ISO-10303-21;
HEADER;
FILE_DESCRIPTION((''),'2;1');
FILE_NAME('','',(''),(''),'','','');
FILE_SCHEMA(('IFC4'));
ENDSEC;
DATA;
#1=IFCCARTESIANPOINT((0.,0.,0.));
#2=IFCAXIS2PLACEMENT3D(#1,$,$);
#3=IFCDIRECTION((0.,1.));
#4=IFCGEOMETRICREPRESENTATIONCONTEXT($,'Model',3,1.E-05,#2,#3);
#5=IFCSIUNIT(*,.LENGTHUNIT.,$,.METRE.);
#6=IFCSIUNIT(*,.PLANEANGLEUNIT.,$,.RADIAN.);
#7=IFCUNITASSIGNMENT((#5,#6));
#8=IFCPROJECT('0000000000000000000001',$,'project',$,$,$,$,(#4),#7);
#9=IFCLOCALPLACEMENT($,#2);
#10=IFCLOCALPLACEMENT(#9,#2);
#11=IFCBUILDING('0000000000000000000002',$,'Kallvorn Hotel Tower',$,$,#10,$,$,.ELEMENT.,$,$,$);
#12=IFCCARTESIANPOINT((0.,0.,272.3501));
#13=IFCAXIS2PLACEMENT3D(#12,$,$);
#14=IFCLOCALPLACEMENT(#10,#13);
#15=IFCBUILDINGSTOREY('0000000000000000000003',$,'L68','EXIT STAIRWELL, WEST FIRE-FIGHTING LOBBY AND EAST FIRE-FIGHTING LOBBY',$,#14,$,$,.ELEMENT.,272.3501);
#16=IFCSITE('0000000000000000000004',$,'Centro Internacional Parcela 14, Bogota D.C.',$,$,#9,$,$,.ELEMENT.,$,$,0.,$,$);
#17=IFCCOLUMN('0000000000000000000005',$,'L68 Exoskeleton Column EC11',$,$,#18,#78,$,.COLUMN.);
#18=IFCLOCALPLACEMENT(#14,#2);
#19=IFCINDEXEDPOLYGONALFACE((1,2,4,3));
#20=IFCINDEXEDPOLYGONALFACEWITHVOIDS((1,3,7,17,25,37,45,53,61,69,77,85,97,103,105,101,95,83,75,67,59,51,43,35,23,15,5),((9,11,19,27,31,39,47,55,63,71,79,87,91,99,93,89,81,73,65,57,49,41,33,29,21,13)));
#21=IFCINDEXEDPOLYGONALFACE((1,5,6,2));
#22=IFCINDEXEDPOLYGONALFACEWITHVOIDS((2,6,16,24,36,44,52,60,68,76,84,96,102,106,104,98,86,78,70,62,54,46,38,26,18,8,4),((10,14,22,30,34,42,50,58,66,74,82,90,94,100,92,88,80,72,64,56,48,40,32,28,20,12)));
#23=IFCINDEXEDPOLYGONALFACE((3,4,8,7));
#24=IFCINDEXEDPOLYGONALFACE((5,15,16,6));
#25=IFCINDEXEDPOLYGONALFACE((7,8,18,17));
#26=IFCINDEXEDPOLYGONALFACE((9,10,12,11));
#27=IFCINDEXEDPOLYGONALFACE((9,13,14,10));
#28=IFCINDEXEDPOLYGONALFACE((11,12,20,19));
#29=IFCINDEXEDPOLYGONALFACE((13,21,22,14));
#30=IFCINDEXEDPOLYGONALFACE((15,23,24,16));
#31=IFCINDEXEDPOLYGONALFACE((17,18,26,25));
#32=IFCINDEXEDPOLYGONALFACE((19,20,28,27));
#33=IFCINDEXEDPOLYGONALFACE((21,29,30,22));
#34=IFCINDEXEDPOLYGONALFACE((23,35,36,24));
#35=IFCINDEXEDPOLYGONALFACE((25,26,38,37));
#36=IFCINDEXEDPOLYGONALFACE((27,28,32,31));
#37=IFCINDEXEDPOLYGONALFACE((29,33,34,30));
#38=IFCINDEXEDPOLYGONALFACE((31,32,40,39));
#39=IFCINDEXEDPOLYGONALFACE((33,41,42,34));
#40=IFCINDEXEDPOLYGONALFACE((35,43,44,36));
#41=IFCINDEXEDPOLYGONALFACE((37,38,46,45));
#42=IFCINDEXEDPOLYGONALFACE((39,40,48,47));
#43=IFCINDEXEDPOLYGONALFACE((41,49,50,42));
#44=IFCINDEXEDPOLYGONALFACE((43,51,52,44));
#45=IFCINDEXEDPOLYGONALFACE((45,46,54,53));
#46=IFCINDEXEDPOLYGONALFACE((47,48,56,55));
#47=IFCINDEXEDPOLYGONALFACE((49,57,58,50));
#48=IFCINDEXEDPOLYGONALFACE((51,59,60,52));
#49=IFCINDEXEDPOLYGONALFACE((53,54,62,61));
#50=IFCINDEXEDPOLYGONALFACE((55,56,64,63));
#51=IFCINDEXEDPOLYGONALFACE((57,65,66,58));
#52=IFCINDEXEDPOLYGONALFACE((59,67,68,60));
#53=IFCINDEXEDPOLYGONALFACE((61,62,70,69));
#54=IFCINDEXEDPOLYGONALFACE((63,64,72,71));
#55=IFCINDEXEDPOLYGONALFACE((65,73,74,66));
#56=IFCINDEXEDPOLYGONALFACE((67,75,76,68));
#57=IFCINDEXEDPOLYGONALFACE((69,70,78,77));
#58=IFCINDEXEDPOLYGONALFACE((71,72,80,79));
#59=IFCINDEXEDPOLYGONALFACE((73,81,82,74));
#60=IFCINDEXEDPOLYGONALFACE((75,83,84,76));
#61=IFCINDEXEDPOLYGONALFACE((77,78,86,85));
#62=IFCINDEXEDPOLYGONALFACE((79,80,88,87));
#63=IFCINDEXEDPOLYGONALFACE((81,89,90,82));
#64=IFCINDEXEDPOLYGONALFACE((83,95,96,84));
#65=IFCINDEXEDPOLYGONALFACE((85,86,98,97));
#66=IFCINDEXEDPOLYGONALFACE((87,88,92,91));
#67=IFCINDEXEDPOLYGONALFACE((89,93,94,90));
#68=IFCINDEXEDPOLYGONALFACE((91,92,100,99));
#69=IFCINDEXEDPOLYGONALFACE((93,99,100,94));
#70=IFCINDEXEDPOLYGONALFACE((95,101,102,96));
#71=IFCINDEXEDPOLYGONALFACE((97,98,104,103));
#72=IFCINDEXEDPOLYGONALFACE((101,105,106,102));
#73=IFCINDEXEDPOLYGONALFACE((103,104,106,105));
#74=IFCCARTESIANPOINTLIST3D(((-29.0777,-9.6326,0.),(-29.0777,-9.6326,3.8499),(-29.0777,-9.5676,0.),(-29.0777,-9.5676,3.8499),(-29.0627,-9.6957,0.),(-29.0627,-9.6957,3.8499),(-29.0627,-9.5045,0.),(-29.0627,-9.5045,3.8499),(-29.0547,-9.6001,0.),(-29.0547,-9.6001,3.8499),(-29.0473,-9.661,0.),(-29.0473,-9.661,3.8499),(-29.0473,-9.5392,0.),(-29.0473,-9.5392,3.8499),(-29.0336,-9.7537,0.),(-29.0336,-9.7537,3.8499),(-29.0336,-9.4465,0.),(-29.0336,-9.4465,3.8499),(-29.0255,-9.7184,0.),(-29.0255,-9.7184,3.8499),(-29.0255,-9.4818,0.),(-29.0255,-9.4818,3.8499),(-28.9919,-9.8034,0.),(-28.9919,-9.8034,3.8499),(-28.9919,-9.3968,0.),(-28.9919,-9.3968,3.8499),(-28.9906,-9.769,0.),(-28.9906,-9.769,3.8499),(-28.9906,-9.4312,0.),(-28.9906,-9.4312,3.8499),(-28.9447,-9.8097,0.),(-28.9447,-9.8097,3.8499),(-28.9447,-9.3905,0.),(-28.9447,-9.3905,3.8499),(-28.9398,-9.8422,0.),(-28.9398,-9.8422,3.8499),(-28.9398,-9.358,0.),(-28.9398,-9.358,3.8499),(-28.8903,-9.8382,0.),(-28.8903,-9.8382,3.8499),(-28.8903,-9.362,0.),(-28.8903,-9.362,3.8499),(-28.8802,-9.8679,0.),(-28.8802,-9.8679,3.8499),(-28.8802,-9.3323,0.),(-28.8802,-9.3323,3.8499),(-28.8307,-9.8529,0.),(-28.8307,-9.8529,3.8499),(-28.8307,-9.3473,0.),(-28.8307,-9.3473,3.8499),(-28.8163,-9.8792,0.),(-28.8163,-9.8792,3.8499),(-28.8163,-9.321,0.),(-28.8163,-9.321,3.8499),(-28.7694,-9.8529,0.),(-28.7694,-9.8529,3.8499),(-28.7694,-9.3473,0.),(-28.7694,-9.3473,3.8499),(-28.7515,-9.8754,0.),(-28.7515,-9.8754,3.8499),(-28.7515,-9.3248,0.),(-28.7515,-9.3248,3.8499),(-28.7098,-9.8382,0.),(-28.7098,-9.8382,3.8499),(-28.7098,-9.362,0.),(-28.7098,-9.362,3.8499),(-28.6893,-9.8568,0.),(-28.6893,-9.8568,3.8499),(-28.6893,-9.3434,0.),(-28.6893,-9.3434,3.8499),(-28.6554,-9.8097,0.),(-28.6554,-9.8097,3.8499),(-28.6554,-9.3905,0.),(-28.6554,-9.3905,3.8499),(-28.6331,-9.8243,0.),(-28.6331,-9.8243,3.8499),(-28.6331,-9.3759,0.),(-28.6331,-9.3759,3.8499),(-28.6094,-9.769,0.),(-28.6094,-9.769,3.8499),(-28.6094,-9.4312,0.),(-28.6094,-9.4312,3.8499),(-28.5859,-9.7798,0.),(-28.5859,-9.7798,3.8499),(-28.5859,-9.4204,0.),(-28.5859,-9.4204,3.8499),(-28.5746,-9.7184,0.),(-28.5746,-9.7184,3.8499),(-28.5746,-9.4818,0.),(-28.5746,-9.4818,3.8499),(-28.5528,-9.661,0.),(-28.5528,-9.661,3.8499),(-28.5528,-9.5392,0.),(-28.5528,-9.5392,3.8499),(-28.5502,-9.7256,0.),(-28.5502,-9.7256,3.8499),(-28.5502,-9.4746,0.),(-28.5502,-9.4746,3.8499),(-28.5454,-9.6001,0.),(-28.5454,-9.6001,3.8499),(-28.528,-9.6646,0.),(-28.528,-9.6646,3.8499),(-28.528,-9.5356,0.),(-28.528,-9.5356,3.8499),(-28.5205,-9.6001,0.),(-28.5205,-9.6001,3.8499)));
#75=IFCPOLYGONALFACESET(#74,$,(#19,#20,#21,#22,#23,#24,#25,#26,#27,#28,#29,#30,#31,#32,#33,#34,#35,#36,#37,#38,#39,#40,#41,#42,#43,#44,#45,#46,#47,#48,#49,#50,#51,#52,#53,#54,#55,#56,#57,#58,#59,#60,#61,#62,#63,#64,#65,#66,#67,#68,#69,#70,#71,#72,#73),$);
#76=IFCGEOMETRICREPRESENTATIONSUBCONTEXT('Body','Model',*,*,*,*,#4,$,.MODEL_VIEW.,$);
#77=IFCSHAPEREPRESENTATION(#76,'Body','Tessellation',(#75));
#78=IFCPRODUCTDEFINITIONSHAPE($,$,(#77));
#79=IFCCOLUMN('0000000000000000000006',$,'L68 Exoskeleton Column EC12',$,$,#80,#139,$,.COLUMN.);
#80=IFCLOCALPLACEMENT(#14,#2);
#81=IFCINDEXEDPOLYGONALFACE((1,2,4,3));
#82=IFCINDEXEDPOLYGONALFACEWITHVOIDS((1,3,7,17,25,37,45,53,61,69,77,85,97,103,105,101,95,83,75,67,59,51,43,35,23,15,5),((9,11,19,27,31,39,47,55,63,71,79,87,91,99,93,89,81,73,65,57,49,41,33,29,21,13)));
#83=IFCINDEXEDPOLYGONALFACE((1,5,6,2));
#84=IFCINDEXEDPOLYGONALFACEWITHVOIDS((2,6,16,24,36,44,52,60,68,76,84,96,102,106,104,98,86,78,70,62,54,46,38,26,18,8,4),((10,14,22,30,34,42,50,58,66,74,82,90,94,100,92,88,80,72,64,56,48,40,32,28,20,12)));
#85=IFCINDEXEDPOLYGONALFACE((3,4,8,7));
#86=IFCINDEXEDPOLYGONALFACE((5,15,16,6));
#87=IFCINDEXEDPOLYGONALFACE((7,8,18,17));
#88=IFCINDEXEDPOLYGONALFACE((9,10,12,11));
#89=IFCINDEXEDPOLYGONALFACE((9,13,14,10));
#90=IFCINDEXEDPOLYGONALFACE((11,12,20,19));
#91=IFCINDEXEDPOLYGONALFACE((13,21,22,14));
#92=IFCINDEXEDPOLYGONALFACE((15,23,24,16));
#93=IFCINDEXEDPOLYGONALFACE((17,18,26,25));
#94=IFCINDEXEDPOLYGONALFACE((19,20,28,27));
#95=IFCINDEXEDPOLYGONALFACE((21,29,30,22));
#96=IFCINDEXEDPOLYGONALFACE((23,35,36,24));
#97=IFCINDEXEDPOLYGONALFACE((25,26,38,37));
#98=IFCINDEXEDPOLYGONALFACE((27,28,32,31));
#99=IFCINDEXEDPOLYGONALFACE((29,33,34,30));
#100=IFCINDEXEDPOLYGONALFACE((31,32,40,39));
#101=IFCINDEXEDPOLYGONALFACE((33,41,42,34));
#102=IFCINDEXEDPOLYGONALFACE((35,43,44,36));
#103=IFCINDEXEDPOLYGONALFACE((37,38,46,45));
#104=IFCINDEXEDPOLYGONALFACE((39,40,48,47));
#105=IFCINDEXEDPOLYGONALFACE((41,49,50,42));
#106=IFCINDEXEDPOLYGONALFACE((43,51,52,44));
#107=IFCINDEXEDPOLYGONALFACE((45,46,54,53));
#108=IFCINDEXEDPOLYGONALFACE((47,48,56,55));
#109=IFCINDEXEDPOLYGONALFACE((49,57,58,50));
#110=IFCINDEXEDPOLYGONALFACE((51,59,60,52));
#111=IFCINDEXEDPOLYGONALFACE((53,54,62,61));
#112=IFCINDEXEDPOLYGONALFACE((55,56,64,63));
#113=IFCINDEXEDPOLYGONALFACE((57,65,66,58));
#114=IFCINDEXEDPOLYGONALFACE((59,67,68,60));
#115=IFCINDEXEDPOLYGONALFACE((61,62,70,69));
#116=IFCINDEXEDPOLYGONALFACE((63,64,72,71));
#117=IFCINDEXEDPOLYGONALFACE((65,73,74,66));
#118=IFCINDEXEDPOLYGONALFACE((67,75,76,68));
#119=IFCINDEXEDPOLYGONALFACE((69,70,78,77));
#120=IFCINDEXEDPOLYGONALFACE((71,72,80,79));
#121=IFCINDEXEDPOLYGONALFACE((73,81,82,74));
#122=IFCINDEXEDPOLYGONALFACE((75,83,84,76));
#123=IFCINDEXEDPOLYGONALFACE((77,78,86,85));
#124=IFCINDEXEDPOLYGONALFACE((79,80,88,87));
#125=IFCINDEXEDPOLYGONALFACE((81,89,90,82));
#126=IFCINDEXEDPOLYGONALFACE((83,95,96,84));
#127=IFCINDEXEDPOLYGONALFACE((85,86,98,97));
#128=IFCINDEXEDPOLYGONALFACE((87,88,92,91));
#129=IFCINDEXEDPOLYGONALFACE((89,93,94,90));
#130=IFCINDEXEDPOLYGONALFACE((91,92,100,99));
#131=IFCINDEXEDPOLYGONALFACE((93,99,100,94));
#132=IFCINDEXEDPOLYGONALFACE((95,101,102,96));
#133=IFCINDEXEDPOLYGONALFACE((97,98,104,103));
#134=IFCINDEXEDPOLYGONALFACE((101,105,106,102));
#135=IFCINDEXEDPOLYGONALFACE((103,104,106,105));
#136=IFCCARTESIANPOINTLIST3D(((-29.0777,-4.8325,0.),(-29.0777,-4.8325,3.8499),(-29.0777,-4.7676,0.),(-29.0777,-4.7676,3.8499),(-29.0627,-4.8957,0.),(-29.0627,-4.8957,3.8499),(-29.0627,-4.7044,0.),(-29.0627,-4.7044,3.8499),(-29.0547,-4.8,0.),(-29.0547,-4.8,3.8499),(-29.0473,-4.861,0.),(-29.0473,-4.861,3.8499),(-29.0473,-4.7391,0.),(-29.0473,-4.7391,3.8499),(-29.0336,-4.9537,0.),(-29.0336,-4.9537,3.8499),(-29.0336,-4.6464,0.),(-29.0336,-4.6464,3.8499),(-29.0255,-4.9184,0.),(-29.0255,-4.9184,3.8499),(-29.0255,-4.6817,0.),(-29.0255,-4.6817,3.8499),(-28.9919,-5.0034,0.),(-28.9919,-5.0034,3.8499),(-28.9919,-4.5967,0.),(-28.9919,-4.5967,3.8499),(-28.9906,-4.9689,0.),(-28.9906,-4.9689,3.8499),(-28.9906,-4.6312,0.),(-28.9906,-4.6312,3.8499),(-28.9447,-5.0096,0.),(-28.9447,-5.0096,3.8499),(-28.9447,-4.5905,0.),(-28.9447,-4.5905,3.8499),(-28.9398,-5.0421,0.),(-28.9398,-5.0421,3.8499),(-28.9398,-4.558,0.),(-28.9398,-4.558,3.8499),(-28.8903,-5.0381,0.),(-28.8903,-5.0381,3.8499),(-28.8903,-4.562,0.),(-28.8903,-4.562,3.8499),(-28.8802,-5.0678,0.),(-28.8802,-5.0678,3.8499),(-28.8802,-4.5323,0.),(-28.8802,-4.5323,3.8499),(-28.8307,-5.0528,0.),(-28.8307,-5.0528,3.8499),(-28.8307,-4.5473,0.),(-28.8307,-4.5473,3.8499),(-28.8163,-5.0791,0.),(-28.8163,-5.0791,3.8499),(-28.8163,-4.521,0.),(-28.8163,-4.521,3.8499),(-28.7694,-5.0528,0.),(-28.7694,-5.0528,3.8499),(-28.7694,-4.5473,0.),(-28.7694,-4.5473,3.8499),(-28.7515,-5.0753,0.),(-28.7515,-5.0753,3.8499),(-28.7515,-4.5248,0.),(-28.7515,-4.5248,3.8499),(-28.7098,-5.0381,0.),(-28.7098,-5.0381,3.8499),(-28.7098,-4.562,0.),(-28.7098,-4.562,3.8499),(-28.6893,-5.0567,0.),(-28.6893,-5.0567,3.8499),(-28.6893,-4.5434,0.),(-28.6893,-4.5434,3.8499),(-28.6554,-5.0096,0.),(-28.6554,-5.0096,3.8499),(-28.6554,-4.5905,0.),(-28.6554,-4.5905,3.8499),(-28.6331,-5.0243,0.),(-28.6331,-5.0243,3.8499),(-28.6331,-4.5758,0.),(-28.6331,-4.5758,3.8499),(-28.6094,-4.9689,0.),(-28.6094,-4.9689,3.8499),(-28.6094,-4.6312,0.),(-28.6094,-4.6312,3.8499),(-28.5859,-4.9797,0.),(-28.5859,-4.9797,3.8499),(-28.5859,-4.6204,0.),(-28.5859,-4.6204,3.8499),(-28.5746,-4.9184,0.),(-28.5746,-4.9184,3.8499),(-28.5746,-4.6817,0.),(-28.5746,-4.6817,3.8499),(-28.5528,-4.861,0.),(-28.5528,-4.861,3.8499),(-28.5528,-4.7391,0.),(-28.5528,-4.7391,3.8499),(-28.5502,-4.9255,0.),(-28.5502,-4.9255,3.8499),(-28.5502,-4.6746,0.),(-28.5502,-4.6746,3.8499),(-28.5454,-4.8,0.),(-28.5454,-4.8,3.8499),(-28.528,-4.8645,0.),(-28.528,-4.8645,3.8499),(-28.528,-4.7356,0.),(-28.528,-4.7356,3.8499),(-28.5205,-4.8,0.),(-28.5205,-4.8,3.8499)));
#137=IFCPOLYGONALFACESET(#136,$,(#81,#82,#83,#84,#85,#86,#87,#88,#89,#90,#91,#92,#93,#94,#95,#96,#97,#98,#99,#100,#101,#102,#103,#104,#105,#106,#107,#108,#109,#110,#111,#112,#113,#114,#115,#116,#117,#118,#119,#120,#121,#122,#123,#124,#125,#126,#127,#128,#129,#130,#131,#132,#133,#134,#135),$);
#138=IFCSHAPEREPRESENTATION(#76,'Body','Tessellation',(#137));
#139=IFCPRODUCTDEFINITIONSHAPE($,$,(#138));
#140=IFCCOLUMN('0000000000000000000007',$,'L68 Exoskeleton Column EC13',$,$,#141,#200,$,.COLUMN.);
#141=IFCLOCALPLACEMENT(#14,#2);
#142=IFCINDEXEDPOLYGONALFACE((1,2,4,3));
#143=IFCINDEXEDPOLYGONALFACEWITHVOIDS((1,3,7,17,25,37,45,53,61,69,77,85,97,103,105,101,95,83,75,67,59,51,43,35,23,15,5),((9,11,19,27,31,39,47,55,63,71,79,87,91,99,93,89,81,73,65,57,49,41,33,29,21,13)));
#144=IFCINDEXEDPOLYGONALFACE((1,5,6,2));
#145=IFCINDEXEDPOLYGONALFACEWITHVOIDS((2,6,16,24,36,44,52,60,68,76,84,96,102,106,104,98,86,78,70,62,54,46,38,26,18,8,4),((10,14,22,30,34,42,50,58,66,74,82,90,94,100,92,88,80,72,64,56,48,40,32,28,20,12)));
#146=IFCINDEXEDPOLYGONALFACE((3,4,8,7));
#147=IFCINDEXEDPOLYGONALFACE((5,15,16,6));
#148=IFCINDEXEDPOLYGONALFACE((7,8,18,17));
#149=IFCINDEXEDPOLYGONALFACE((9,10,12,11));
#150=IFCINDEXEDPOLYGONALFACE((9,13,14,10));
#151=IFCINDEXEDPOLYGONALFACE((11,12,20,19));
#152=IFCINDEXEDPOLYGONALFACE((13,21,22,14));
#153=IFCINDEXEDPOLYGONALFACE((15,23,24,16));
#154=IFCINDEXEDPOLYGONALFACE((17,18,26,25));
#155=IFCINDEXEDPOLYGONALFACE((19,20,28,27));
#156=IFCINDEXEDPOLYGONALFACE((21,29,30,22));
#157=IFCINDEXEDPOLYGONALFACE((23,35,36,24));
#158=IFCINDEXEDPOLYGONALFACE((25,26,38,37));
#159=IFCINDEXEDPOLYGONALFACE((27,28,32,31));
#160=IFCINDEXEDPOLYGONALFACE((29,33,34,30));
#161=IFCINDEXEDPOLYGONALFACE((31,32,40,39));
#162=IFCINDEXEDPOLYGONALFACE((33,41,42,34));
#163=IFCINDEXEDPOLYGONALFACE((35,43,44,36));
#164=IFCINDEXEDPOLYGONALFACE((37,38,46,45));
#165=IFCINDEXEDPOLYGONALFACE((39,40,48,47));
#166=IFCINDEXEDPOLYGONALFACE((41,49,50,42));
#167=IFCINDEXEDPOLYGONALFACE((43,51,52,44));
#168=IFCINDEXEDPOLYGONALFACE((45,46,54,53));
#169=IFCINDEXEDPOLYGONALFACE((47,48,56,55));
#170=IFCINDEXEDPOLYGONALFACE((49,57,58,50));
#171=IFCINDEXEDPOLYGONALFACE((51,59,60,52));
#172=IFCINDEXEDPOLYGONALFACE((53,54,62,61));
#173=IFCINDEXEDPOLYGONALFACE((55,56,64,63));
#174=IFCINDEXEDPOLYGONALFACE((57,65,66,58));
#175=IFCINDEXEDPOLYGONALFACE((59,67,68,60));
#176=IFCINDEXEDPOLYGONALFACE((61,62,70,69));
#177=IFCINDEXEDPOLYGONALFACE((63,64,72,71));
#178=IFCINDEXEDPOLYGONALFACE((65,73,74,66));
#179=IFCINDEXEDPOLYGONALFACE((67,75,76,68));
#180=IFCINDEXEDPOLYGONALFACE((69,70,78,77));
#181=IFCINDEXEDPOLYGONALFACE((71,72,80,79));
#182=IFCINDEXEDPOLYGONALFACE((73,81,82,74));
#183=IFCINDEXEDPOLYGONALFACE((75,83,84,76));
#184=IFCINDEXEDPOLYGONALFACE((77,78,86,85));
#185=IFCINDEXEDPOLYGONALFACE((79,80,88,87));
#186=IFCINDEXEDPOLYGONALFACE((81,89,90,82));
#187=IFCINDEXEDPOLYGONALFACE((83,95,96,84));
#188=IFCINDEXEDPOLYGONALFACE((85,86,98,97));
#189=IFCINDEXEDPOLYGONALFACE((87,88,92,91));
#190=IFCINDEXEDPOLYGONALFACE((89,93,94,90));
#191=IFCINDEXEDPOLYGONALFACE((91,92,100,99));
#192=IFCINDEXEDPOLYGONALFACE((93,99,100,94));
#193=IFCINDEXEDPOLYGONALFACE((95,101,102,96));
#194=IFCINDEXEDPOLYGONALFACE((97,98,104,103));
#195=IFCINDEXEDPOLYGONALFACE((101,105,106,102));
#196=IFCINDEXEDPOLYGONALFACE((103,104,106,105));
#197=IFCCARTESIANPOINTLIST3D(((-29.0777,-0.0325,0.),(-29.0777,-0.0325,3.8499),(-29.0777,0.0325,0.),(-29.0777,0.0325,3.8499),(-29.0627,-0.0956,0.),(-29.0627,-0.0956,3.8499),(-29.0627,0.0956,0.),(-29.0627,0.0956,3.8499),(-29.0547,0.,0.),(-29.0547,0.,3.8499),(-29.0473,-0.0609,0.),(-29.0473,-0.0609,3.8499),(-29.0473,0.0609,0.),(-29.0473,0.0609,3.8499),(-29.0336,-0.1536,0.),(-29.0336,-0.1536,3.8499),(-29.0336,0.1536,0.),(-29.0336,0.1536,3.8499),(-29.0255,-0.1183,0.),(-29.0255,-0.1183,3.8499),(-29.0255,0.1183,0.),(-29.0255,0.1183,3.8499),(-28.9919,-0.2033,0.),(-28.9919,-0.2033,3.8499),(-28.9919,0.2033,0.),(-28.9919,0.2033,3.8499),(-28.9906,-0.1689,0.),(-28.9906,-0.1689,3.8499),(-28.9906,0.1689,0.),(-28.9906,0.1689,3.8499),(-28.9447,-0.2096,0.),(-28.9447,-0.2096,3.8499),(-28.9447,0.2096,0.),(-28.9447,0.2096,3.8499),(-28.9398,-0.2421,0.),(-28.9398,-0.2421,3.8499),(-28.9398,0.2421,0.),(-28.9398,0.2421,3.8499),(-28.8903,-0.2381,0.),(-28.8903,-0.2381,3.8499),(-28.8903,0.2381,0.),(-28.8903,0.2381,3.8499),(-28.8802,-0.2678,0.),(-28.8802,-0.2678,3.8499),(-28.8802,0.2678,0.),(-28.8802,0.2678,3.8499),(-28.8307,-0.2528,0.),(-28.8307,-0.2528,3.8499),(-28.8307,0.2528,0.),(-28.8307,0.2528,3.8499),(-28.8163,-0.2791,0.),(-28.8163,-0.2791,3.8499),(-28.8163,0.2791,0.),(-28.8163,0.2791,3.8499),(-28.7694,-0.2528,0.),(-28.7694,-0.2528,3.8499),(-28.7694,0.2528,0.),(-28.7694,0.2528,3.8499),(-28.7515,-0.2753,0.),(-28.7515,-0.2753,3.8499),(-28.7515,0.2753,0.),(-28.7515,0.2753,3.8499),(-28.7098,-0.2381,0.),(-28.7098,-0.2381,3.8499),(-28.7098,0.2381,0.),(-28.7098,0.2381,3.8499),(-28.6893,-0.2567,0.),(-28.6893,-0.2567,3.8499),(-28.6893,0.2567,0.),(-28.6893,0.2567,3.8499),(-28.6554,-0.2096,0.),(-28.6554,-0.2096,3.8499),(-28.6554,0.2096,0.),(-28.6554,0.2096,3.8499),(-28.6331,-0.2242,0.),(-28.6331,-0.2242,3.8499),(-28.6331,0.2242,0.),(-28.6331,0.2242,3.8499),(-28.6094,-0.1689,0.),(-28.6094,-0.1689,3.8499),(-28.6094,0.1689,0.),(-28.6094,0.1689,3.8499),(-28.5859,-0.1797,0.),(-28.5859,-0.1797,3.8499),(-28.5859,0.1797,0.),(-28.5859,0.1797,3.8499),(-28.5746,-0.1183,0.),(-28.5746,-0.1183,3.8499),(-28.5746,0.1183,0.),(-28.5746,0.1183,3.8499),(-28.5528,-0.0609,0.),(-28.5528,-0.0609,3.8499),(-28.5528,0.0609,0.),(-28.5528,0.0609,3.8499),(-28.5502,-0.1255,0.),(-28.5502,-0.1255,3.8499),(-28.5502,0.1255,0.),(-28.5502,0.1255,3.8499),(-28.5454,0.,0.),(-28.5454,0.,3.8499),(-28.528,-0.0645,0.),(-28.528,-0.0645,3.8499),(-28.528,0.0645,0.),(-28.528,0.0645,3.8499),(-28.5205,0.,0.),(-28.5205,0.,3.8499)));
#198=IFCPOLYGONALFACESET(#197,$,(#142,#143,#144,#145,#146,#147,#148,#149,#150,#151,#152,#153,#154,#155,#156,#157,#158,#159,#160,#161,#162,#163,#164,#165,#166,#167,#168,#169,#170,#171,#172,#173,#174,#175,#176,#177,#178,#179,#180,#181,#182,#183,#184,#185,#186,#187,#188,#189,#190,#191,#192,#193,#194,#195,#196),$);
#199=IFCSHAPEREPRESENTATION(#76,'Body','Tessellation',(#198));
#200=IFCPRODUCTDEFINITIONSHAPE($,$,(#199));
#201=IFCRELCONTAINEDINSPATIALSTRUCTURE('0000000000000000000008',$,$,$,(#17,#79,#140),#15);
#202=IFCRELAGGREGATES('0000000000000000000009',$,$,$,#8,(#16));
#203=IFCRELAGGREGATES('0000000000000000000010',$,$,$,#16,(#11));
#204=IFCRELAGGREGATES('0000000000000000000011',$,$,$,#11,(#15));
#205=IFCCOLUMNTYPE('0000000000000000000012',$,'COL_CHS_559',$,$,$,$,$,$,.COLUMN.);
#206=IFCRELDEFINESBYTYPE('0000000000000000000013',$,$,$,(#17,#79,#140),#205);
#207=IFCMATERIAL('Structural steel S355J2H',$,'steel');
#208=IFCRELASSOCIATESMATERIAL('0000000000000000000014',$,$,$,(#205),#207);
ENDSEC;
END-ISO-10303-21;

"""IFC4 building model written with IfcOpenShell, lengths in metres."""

from ifc_helpers import new_model, si_unit, direction, frame, origin, origin_2d, place, context, subcontext, project, spatial, hollow_circle, extrude, material, material_profile, profile_set, type_object, element, save


model = new_model("IFC4")

# Units and contexts
model_context = context("Model", 3, precision=1e-05, world=origin(), true_north=direction((0.0, 1.0)))
body_context = subcontext(model_context, "Body", "Model", "MODEL_VIEW")
ifc_project = project(units=[si_unit("LENGTHUNIT", "METRE"), si_unit("PLANEANGLEUNIT", "RADIAN")], contexts=[model_context])

# Site, building, storey
site_placement = place(None, origin())
site = spatial("IfcSite", under=ifc_project, at=site_placement, Name="Centro Internacional Parcela 14, Bogota D.C.", CompositionType="ELEMENT", RefElevation=0.0)
building_placement = place(site_placement, origin())
building = spatial("IfcBuilding", under=site, at=building_placement, Name="Kallvorn Hotel Tower", CompositionType="ELEMENT")
storey_placement = place(building_placement, frame((0.0, 0.0, 272.3501)))
storey = spatial("IfcBuildingStorey", under=building, at=storey_placement, Name="L68", Description="EXIT STAIRWELL, WEST FIRE-FIGHTING LOBBY AND EAST FIRE-FIGHTING LOBBY", CompositionType="ELEMENT", Elevation=272.3501)

# Columns
ifc_material_1 = material(Name="Structural steel S355J2H", Category="steel")
ifc_material_profile_1 = material_profile(ifc_material_1, hollow_circle(Radius=0.2795, WallThickness=0.0249, at=origin_2d()), Name="CHS 559x25")
ifc_profile_set_1 = profile_set([ifc_material_profile_1], Name="Structural steel S355J2H")
column_type_1 = type_object("IfcColumnType", Name="COL_CHS_559", PredefinedType="COLUMN", material=ifc_profile_set_1)
for number, where, z_axis, x_axis, name in (
    (1, (-28.8, -9.6001, 0.0), (0.0, 0.0, 1.0), (1.0, 0.0, 0.0), "L68 Exoskeleton Column EC11"),
    (2, (-28.8, -4.8, 0.0), (0.0, 0.0, 1.0), (1.0, 0.0, 0.0), "L68 Exoskeleton Column EC12"),
    (3, (-28.8, 0.0, 0.0), (0.0, 0.0, 1.0), (1.0, 0.0, 0.0), "L68 Exoskeleton Column EC13"),
):
    element("IfcColumn", number, at=place(storey_placement, frame(where, z_axis=z_axis, x_axis=x_axis)), inside=storey, type_object=column_type_1, Name=name, PredefinedType="COLUMN", context=body_context, shape_type="SweptSolid", body=[
        extrude(hollow_circle(Radius=0.2795, WallThickness=0.0249, at=origin_2d()), origin(), (0.0, 0.0, 1.0), 3.8499),
    ])

save(model, "model.ifc")
